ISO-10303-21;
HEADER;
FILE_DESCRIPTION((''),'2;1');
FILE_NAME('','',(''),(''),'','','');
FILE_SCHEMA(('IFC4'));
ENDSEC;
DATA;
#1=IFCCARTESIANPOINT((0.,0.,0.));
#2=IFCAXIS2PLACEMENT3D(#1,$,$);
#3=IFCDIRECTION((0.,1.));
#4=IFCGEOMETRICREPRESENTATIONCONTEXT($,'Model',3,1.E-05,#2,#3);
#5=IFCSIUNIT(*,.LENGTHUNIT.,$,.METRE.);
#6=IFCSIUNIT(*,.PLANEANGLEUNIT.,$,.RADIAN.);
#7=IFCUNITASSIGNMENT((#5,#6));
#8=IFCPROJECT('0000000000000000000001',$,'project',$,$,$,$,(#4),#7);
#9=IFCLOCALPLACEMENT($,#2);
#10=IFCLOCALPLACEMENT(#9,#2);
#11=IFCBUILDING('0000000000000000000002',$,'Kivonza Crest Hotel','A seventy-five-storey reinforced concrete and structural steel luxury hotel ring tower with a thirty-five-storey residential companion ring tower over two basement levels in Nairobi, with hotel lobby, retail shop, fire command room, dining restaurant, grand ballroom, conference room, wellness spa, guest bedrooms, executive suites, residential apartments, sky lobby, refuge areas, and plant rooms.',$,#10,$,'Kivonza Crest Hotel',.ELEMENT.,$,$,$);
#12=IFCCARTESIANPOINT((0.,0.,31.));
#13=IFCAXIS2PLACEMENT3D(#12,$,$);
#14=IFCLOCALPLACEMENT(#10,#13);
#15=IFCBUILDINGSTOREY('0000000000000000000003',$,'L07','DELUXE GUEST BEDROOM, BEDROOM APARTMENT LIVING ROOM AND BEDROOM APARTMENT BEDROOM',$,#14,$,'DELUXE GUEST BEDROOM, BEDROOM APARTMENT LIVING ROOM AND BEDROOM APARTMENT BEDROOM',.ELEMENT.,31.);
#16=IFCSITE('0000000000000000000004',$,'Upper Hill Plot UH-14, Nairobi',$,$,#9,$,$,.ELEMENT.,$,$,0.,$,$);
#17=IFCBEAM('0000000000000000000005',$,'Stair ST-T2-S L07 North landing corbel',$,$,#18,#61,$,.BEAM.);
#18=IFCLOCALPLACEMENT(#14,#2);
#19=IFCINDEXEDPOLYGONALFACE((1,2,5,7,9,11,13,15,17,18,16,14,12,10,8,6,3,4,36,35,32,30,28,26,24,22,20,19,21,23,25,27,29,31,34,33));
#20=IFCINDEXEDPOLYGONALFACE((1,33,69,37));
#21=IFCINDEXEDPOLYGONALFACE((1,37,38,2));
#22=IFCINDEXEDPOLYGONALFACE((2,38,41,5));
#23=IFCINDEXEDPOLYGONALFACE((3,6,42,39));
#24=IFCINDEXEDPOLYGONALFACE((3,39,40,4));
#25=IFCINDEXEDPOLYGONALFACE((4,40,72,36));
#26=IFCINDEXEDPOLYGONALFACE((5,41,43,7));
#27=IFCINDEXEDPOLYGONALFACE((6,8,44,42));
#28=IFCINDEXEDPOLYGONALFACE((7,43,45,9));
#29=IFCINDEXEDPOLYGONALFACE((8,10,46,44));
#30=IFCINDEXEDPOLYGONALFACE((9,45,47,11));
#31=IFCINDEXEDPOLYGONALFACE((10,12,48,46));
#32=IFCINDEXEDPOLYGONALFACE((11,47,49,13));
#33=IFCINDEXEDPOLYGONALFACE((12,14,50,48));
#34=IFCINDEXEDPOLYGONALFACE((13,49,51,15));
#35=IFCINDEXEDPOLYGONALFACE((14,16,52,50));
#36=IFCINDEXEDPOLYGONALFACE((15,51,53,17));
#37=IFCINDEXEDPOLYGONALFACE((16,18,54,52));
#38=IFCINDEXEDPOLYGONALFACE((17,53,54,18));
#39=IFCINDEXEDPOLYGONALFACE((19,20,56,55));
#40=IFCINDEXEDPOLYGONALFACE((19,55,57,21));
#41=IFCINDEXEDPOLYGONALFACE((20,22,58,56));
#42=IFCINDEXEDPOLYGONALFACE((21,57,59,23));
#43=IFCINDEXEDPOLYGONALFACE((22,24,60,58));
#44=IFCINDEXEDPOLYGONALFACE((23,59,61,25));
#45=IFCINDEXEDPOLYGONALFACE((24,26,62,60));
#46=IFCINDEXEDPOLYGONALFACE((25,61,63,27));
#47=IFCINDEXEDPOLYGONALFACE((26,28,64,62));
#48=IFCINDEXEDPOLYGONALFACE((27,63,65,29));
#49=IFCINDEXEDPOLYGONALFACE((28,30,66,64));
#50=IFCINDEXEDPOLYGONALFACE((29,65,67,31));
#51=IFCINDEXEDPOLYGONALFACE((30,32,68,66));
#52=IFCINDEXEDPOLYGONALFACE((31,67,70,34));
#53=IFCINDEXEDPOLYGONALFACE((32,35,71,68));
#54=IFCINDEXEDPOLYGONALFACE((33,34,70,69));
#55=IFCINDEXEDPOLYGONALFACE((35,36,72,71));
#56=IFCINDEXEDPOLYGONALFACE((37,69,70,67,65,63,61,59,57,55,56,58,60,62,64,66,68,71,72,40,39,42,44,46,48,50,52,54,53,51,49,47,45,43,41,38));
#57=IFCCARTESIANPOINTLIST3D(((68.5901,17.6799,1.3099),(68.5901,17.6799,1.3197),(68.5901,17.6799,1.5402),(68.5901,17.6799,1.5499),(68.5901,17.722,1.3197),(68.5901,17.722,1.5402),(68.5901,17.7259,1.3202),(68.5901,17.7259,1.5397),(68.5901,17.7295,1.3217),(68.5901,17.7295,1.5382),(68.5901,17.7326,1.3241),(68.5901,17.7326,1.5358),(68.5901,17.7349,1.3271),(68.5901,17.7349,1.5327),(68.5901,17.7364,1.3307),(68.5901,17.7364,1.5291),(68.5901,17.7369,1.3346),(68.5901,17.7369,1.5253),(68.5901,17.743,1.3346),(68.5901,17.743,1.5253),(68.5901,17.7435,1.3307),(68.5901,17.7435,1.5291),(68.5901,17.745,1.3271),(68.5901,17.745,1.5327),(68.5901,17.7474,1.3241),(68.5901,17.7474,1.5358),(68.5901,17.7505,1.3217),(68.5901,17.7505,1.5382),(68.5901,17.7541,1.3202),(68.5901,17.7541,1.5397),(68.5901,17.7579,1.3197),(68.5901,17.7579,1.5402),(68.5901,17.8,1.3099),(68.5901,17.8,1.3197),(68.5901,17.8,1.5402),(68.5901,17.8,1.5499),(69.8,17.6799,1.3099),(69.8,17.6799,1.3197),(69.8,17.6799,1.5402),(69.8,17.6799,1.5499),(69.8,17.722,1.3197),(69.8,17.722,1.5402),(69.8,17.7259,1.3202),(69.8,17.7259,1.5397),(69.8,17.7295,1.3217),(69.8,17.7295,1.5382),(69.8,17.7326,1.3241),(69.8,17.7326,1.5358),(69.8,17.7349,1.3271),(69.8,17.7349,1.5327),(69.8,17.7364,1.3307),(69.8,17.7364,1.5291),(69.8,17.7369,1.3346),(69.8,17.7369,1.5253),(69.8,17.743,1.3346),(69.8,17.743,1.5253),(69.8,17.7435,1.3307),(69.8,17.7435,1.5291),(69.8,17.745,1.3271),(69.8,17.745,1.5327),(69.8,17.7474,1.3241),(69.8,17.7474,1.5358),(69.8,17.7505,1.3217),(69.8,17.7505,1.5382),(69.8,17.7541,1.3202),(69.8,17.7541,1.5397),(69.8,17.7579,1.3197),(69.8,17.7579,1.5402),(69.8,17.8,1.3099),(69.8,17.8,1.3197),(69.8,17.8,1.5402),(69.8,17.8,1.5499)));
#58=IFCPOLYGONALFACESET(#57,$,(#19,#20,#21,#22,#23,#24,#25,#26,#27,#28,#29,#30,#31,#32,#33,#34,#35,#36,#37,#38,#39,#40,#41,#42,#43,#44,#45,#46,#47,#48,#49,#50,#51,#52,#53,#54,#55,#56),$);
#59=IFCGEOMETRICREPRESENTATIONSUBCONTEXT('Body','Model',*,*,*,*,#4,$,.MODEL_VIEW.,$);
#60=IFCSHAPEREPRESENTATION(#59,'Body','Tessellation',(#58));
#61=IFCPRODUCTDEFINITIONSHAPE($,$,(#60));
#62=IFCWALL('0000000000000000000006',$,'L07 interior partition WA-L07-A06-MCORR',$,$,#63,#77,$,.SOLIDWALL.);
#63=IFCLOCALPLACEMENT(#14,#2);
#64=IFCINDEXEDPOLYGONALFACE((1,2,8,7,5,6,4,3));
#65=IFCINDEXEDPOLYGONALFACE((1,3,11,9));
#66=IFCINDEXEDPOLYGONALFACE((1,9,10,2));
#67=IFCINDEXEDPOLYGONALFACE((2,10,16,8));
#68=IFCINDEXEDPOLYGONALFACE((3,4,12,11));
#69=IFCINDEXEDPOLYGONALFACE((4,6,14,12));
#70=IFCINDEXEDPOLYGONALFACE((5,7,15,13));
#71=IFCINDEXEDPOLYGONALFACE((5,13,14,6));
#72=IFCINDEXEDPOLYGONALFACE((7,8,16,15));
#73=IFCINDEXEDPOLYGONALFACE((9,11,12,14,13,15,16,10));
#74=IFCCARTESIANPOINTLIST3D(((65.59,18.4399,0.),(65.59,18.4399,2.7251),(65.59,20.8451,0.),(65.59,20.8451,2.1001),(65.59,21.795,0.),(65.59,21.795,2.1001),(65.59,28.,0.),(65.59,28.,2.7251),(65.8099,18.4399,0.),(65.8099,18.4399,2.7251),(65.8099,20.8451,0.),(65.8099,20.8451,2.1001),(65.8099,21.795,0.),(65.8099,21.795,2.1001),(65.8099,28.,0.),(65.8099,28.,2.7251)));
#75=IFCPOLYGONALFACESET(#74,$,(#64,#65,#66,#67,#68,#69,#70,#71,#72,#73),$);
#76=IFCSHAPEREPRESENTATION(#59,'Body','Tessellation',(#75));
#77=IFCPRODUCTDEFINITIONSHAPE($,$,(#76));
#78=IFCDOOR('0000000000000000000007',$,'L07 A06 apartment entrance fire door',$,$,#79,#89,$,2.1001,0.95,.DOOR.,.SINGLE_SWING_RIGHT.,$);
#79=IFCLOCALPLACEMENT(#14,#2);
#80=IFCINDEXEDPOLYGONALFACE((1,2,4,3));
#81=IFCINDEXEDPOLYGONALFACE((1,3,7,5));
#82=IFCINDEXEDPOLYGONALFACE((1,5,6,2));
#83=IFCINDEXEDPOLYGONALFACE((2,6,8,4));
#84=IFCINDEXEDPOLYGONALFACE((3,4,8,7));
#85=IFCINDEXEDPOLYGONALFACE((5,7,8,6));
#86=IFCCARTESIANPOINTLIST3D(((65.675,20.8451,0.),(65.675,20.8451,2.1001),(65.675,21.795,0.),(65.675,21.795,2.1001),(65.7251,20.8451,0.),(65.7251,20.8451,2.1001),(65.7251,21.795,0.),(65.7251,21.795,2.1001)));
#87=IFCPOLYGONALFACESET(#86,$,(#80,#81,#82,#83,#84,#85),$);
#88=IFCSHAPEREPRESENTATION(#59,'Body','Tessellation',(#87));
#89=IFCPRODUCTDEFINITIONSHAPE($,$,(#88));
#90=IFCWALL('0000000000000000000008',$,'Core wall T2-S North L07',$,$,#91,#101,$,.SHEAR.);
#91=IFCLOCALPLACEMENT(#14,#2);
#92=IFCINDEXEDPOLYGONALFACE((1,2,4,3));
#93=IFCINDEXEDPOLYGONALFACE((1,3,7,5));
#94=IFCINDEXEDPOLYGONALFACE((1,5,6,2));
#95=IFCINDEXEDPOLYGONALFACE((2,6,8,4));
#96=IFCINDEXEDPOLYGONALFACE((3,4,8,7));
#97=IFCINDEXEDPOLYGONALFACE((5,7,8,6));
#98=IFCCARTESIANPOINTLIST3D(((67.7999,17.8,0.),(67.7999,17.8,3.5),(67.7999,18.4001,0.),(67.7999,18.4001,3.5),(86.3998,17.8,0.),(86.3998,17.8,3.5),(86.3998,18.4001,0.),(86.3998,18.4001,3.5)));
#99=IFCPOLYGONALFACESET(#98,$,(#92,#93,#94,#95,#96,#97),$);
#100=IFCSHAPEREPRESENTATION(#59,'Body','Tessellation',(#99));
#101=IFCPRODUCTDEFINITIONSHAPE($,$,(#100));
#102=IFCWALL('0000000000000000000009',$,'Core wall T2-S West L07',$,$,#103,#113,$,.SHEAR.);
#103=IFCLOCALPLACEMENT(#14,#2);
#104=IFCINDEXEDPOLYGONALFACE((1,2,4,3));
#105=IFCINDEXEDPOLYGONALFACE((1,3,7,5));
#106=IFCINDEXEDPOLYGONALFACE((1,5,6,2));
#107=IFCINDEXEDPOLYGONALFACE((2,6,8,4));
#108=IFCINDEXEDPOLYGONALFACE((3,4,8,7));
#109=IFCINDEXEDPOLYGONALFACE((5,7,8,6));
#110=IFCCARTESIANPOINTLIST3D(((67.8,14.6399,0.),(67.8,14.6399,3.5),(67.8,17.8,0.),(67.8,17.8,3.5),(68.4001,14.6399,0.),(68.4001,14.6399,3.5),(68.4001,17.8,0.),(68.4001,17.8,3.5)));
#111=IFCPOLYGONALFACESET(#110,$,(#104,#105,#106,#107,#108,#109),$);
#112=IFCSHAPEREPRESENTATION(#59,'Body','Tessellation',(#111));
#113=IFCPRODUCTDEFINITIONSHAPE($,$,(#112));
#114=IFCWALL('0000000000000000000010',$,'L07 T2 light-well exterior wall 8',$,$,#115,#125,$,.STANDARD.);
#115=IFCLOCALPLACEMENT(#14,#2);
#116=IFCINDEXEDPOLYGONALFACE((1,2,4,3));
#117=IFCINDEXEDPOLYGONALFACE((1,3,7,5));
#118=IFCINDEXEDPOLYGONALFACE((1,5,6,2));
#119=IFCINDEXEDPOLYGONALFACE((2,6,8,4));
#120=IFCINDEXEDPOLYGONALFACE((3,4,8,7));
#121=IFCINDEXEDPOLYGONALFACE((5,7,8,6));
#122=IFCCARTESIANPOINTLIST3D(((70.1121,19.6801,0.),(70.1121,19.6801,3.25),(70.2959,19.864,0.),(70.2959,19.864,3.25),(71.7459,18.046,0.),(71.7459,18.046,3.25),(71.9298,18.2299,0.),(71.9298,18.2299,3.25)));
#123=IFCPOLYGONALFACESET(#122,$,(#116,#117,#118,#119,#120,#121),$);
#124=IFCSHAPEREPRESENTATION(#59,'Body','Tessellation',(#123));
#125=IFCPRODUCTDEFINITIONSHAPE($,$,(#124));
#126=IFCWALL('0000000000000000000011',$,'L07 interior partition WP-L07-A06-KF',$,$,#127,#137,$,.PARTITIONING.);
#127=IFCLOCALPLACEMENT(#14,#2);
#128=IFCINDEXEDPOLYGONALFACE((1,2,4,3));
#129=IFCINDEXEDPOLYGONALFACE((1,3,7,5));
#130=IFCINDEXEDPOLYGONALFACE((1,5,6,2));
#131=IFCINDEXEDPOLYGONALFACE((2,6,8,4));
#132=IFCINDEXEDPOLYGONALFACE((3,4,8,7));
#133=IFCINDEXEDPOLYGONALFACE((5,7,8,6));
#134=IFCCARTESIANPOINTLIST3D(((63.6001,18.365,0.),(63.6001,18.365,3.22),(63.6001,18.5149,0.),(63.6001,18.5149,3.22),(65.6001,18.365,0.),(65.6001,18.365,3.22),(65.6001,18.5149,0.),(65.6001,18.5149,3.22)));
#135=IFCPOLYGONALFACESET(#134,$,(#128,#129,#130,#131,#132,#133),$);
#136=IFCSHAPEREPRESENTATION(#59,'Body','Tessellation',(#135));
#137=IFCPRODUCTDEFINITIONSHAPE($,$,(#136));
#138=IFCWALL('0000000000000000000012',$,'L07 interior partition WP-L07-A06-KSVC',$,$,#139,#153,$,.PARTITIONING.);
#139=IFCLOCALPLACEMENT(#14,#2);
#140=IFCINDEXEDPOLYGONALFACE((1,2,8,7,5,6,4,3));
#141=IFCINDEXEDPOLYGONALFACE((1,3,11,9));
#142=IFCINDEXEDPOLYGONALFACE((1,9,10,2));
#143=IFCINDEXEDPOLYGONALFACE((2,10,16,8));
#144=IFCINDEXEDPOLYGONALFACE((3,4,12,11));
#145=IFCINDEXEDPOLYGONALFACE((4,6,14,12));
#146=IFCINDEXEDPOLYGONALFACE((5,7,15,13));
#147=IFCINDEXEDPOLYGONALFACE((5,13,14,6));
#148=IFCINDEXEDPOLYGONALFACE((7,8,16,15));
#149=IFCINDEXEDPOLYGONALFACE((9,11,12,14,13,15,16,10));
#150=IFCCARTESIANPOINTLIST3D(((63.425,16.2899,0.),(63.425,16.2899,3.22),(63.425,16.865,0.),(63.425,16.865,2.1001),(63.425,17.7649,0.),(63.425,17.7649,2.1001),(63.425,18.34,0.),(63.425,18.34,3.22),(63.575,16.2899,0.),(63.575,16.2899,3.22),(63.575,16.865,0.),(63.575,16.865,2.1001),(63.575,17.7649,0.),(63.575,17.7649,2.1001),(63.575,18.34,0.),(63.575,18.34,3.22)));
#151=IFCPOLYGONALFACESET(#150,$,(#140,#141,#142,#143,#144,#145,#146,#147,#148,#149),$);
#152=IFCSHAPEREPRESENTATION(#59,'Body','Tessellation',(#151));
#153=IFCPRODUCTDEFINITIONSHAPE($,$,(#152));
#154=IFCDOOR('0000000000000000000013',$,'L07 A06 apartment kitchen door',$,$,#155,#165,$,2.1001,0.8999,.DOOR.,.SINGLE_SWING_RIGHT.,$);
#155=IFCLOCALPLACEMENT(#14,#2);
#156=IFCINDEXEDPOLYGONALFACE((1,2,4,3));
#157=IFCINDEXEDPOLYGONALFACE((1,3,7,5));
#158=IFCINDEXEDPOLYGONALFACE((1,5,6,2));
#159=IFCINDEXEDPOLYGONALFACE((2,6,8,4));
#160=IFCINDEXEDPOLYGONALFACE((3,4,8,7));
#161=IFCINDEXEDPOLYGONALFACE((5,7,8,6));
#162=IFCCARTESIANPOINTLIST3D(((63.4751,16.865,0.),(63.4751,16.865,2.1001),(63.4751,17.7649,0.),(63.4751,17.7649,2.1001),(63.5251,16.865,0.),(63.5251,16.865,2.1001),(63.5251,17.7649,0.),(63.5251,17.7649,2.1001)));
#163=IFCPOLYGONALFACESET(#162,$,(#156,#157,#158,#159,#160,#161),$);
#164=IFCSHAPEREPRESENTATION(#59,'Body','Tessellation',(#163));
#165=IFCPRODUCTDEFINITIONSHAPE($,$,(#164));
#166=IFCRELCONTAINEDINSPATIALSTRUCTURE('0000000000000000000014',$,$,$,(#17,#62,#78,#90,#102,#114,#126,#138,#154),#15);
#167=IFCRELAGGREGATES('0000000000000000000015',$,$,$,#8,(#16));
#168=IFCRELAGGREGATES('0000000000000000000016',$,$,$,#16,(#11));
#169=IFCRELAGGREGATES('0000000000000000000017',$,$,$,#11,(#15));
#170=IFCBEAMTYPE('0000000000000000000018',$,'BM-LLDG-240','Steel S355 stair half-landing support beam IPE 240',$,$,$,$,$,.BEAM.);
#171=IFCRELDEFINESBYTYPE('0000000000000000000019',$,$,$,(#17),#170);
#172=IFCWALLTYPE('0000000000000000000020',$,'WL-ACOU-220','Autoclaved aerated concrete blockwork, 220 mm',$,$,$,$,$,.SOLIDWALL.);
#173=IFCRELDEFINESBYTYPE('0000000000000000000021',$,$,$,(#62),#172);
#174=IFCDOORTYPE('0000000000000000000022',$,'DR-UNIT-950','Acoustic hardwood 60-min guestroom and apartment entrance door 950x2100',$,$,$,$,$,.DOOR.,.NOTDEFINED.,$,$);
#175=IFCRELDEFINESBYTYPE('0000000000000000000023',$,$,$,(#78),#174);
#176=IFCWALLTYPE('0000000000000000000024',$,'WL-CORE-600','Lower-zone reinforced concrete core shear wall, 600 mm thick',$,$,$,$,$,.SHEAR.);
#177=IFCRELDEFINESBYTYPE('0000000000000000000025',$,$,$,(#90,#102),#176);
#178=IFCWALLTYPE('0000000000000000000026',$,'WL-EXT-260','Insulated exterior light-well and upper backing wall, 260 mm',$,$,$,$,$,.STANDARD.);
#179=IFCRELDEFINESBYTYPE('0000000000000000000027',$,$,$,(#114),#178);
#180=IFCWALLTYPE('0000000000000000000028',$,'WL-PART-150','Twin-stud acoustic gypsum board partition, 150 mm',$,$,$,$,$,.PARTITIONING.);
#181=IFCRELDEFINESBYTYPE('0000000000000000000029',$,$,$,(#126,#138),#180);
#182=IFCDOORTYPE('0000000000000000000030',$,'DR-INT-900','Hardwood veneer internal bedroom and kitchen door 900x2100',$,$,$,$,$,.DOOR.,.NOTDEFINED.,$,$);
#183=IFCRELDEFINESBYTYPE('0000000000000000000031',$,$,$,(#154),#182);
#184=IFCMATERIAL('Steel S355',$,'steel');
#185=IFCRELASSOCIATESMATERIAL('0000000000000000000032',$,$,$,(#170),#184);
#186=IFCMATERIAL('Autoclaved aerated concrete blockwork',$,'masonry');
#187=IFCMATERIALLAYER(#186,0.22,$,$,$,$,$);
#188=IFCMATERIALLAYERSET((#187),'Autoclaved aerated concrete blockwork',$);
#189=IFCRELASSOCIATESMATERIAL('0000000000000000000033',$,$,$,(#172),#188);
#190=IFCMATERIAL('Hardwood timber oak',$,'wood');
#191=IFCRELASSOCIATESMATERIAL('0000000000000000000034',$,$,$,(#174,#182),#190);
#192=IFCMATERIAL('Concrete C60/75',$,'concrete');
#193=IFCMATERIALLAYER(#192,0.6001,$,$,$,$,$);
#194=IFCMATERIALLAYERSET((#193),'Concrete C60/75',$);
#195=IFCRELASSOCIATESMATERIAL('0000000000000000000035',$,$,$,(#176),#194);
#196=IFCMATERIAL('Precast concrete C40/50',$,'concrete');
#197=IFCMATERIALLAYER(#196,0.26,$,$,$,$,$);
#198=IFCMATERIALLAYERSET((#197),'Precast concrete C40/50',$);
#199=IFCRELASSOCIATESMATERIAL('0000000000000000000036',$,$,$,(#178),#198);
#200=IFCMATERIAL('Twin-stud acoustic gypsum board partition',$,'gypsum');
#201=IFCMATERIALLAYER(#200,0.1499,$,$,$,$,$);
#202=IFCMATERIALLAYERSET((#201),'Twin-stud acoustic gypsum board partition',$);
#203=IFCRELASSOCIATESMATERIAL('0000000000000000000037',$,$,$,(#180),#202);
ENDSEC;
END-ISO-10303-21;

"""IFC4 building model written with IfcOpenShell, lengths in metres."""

from ifc_helpers import new_model, si_unit, direction, frame, frame_2d, origin, origin_2d, place, context, subcontext, project, spatial, rectangle, i_section, extrude, material, layer, layer_set, material_profile, profile_set, type_object, element, fill, save


model = new_model("IFC4")

# Units and contexts
model_context = context("Model", 3, precision=1e-05, world=origin(), true_north=direction((0.0, 1.0)))
body_context = subcontext(model_context, "Body", "Model", "MODEL_VIEW")
ifc_project = project(units=[si_unit("LENGTHUNIT", "METRE"), si_unit("PLANEANGLEUNIT", "RADIAN")], contexts=[model_context])

# Site, building, storey
site_placement = place(None, origin())
site = spatial("IfcSite", under=ifc_project, at=site_placement, Name="Upper Hill Plot UH-14, Nairobi", CompositionType="ELEMENT", RefElevation=0.0)
building_placement = place(site_placement, origin())
building = spatial("IfcBuilding", under=site, at=building_placement, Name="Kivonza Crest Hotel", Description="A seventy-five-storey reinforced concrete and structural steel luxury hotel ring tower with a thirty-five-storey residential companion ring tower over two basement levels in Nairobi, with hotel lobby, retail shop, fire command room, dining restaurant, grand ballroom, conference room, wellness spa, guest bedrooms, executive suites, residential apartments, sky lobby, refuge areas, and plant rooms.", LongName="Kivonza Crest Hotel", CompositionType="ELEMENT")
storey_placement = place(building_placement, frame((0.0, 0.0, 31.0)))
storey = spatial("IfcBuildingStorey", under=building, at=storey_placement, Name="L07", Description="DELUXE GUEST BEDROOM, BEDROOM APARTMENT LIVING ROOM AND BEDROOM APARTMENT BEDROOM", LongName="DELUXE GUEST BEDROOM, BEDROOM APARTMENT LIVING ROOM AND BEDROOM APARTMENT BEDROOM", CompositionType="ELEMENT", Elevation=31.0)

# Beam
ifc_material_1 = material(Name="Steel S355", Category="steel")
ifc_material_profile_1 = material_profile(ifc_material_1, i_section(OverallWidth=0.1201, OverallDepth=0.24, WebThickness=0.0061, FlangeThickness=0.0098, FilletRadius=0.0149, at=origin_2d()), Name="IPE 240")
ifc_profile_set_1 = profile_set([ifc_material_profile_1], Name="Steel S355")
beam_type_1 = type_object("IfcBeamType", Name="BM-LLDG-240", Description="Steel S355 stair half-landing support beam IPE 240", PredefinedType="BEAM", material=ifc_profile_set_1)
for number, where, z_axis, x_axis, name in (
    (1, (68.5901, 17.74, 1.4299), (1.0, 0.0, 0.0), (0.0, 1.0, 0.0), "Stair ST-T2-S L07 North landing corbel"),
):
    element("IfcBeam", number, at=place(storey_placement, frame(where, z_axis=z_axis, x_axis=x_axis)), inside=storey, type_object=beam_type_1, Name=name, PredefinedType="BEAM", context=body_context, shape_type="SweptSolid", body=[
        extrude(i_section(OverallWidth=0.1201, OverallDepth=0.24, WebThickness=0.0061, FlangeThickness=0.0098, FilletRadius=0.0149, at=origin_2d()), origin(), (0.0, 0.0, 1.0), 1.21),
    ])

# Wall, opening, door
ifc_material_2 = material(Name="Autoclaved aerated concrete blockwork", Category="masonry")
ifc_layer_1 = layer(ifc_material_2, 0.22)
ifc_layer_set_1 = layer_set([ifc_layer_1], Name="Autoclaved aerated concrete blockwork")
wall_type_1 = type_object("IfcWallType", Name="WL-ACOU-220", Description="Autoclaved aerated concrete blockwork, 220 mm", PredefinedType="SOLIDWALL", material=ifc_layer_set_1)
wall_1_placement = place(storey_placement, frame((65.7, 18.4399, 0.0), z_axis=(0.0, 0.0, 1.0), x_axis=(0.0, 1.0, 0.0)))
wall_1 = element("IfcWall", 2, at=wall_1_placement, inside=storey, type_object=wall_type_1, Name="L07 interior partition WA-L07-A06-MCORR", PredefinedType="SOLIDWALL", context=body_context, shape_type="SweptSolid", body=[
    extrude(rectangle(XDim=9.5601, YDim=0.22, at=frame_2d((4.78, 0.0))), origin(), (0.0, 0.0, 1.0), 2.7251),
])
opening_1_placement = place(wall_1_placement, frame((2.405, 0.0, 0.0)))
opening_1 = element("IfcOpeningElement", 3, at=opening_1_placement, cuts=wall_1, PredefinedType="OPENING", context=body_context, shape_type="SweptSolid", body=[
    extrude(rectangle(XDim=0.95, YDim=2.1001, at=frame_2d((0.4751, 1.05))), frame((0.0, 0.1201, 0.0), z_axis=(0.0, -1.0, 0.0), x_axis=(1.0, 0.0, 0.0)), (0.0, 0.0, 1.0), 0.24),
])
ifc_material_3 = material(Name="Hardwood timber oak", Category="wood")
door_type_1 = type_object("IfcDoorType", Name="DR-UNIT-950", Description="Acoustic hardwood 60-min guestroom and apartment entrance door 950x2100", OperationType="NOTDEFINED", PredefinedType="DOOR", material=ifc_material_3)
door_1_placement = place(opening_1_placement, origin())
door_1 = element("IfcDoor", 4, at=door_1_placement, inside=storey, type_object=door_type_1, Name="L07 A06 apartment entrance fire door", OperationType="SINGLE_SWING_RIGHT", OverallHeight=2.1001, OverallWidth=0.95, PredefinedType="DOOR", context=body_context, shape_type="SweptSolid", body=[
    extrude(rectangle(XDim=0.95, YDim=2.1001, at=frame_2d((0.4751, 1.05))), frame((0.0, 0.0249, 0.0), z_axis=(0.0, -1.0, 0.0), x_axis=(1.0, 0.0, 0.0)), (0.0, 0.0, 1.0), 0.05),
])
fill(opening_1, door_1)

# Shared definitions
ifc_material_4 = material(Name="Concrete C60/75", Category="concrete")
ifc_layer_2 = layer(ifc_material_4, 0.6001)
ifc_layer_set_2 = layer_set([ifc_layer_2], Name="Concrete C60/75")
wall_type_2 = type_object("IfcWallType", Name="WL-CORE-600", Description="Lower-zone reinforced concrete core shear wall, 600 mm thick", PredefinedType="SHEAR", material=ifc_layer_set_2)

# Walls
wall_2_placement = place(storey_placement, frame((67.8, 18.1001, 0.0), z_axis=(0.0, 0.0, 1.0), x_axis=(1.0, 0.0, 0.0)))
element("IfcWall", 5, at=wall_2_placement, inside=storey, type_object=wall_type_2, Name="Core wall T2-S North L07", PredefinedType="SHEAR", context=body_context, shape_type="SweptSolid", body=[
    extrude(rectangle(XDim=18.5999, YDim=0.6001, at=frame_2d((9.2998, 0.0))), origin(), (0.0, 0.0, 1.0), 3.5),
])
wall_3_placement = place(storey_placement, frame((68.1001, 14.6399, 0.0), z_axis=(0.0, 0.0, 1.0), x_axis=(0.0, 1.0, 0.0)))
element("IfcWall", 6, at=wall_3_placement, inside=storey, type_object=wall_type_2, Name="Core wall T2-S West L07", PredefinedType="SHEAR", context=body_context, shape_type="SweptSolid", body=[
    extrude(rectangle(XDim=3.1602, YDim=0.6001, at=frame_2d((1.5801, 0.0))), origin(), (0.0, 0.0, 1.0), 3.5),
])
ifc_material_5 = material(Name="Precast concrete C40/50", Category="concrete")
ifc_layer_3 = layer(ifc_material_5, 0.26)
ifc_layer_set_3 = layer_set([ifc_layer_3], Name="Precast concrete C40/50")
wall_type_3 = type_object("IfcWallType", Name="WL-EXT-260", Description="Insulated exterior light-well and upper backing wall, 260 mm", PredefinedType="STANDARD", material=ifc_layer_set_3)
wall_4_placement = place(storey_placement, frame((70.2041, 19.772, 0.0), z_axis=(0.0, 0.0, 1.0), x_axis=(0.707054, -0.70716, 0.0)))
element("IfcWall", 7, at=wall_4_placement, inside=storey, type_object=wall_type_3, Name="L07 T2 light-well exterior wall 8", PredefinedType="STANDARD", context=body_context, shape_type="SweptSolid", body=[
    extrude(rectangle(XDim=2.3108, YDim=0.26, at=frame_2d((1.1553, 0.0))), origin(), (0.0, 0.0, 1.0), 3.25),
])
ifc_material_6 = material(Name="Twin-stud acoustic gypsum board partition", Category="gypsum")
ifc_layer_4 = layer(ifc_material_6, 0.1499)
ifc_layer_set_4 = layer_set([ifc_layer_4], Name="Twin-stud acoustic gypsum board partition")
wall_type_4 = type_object("IfcWallType", Name="WL-PART-150", Description="Twin-stud acoustic gypsum board partition, 150 mm", PredefinedType="PARTITIONING", material=ifc_layer_set_4)
wall_5_placement = place(storey_placement, frame((63.6001, 18.4399, 0.0), z_axis=(0.0, 0.0, 1.0), x_axis=(1.0, 0.0, 0.0)))
element("IfcWall", 8, at=wall_5_placement, inside=storey, type_object=wall_type_4, Name="L07 interior partition WP-L07-A06-KF", PredefinedType="PARTITIONING", context=body_context, shape_type="SweptSolid", body=[
    extrude(rectangle(XDim=2.0, YDim=0.1499, at=frame_2d((1.0, 0.0))), origin(), (0.0, 0.0, 1.0), 3.22),
])

# Wall, opening, door
wall_6_placement = place(storey_placement, frame((63.5, 16.29, 0.0), z_axis=(0.0, 0.0, 1.0), x_axis=(0.0, 1.0, 0.0)))
wall_6 = element("IfcWall", 9, at=wall_6_placement, inside=storey, type_object=wall_type_4, Name="L07 interior partition WP-L07-A06-KSVC", PredefinedType="PARTITIONING", context=body_context, shape_type="SweptSolid", body=[
    extrude(rectangle(XDim=2.05, YDim=0.1499, at=frame_2d((1.0249, 0.0))), origin(), (0.0, 0.0, 1.0), 3.22),
])
opening_2_placement = place(wall_6_placement, frame((0.575, 0.0, 0.0)))
opening_2 = element("IfcOpeningElement", 10, at=opening_2_placement, cuts=wall_6, PredefinedType="OPENING", context=body_context, shape_type="SweptSolid", body=[
    extrude(rectangle(XDim=0.8999, YDim=2.1001, at=frame_2d((0.45, 1.05))), frame((0.0, 0.085, 0.0), z_axis=(0.0, -1.0, 0.0), x_axis=(1.0, 0.0, 0.0)), (0.0, 0.0, 1.0), 0.1699),
])
door_type_2 = type_object("IfcDoorType", Name="DR-INT-900", Description="Hardwood veneer internal bedroom and kitchen door 900x2100", OperationType="NOTDEFINED", PredefinedType="DOOR", material=ifc_material_3)
door_2_placement = place(opening_2_placement, origin())
door_2 = element("IfcDoor", 11, at=door_2_placement, inside=storey, type_object=door_type_2, Name="L07 A06 apartment kitchen door", OperationType="SINGLE_SWING_RIGHT", OverallHeight=2.1001, OverallWidth=0.8999, PredefinedType="DOOR", context=body_context, shape_type="SweptSolid", body=[
    extrude(rectangle(XDim=0.8999, YDim=2.1001, at=frame_2d((0.45, 1.05))), frame((0.0, 0.0249, 0.0), z_axis=(0.0, -1.0, 0.0), x_axis=(1.0, 0.0, 0.0)), (0.0, 0.0, 1.0), 0.05),
])
fill(opening_2, door_2)

save(model, "model.ifc")
